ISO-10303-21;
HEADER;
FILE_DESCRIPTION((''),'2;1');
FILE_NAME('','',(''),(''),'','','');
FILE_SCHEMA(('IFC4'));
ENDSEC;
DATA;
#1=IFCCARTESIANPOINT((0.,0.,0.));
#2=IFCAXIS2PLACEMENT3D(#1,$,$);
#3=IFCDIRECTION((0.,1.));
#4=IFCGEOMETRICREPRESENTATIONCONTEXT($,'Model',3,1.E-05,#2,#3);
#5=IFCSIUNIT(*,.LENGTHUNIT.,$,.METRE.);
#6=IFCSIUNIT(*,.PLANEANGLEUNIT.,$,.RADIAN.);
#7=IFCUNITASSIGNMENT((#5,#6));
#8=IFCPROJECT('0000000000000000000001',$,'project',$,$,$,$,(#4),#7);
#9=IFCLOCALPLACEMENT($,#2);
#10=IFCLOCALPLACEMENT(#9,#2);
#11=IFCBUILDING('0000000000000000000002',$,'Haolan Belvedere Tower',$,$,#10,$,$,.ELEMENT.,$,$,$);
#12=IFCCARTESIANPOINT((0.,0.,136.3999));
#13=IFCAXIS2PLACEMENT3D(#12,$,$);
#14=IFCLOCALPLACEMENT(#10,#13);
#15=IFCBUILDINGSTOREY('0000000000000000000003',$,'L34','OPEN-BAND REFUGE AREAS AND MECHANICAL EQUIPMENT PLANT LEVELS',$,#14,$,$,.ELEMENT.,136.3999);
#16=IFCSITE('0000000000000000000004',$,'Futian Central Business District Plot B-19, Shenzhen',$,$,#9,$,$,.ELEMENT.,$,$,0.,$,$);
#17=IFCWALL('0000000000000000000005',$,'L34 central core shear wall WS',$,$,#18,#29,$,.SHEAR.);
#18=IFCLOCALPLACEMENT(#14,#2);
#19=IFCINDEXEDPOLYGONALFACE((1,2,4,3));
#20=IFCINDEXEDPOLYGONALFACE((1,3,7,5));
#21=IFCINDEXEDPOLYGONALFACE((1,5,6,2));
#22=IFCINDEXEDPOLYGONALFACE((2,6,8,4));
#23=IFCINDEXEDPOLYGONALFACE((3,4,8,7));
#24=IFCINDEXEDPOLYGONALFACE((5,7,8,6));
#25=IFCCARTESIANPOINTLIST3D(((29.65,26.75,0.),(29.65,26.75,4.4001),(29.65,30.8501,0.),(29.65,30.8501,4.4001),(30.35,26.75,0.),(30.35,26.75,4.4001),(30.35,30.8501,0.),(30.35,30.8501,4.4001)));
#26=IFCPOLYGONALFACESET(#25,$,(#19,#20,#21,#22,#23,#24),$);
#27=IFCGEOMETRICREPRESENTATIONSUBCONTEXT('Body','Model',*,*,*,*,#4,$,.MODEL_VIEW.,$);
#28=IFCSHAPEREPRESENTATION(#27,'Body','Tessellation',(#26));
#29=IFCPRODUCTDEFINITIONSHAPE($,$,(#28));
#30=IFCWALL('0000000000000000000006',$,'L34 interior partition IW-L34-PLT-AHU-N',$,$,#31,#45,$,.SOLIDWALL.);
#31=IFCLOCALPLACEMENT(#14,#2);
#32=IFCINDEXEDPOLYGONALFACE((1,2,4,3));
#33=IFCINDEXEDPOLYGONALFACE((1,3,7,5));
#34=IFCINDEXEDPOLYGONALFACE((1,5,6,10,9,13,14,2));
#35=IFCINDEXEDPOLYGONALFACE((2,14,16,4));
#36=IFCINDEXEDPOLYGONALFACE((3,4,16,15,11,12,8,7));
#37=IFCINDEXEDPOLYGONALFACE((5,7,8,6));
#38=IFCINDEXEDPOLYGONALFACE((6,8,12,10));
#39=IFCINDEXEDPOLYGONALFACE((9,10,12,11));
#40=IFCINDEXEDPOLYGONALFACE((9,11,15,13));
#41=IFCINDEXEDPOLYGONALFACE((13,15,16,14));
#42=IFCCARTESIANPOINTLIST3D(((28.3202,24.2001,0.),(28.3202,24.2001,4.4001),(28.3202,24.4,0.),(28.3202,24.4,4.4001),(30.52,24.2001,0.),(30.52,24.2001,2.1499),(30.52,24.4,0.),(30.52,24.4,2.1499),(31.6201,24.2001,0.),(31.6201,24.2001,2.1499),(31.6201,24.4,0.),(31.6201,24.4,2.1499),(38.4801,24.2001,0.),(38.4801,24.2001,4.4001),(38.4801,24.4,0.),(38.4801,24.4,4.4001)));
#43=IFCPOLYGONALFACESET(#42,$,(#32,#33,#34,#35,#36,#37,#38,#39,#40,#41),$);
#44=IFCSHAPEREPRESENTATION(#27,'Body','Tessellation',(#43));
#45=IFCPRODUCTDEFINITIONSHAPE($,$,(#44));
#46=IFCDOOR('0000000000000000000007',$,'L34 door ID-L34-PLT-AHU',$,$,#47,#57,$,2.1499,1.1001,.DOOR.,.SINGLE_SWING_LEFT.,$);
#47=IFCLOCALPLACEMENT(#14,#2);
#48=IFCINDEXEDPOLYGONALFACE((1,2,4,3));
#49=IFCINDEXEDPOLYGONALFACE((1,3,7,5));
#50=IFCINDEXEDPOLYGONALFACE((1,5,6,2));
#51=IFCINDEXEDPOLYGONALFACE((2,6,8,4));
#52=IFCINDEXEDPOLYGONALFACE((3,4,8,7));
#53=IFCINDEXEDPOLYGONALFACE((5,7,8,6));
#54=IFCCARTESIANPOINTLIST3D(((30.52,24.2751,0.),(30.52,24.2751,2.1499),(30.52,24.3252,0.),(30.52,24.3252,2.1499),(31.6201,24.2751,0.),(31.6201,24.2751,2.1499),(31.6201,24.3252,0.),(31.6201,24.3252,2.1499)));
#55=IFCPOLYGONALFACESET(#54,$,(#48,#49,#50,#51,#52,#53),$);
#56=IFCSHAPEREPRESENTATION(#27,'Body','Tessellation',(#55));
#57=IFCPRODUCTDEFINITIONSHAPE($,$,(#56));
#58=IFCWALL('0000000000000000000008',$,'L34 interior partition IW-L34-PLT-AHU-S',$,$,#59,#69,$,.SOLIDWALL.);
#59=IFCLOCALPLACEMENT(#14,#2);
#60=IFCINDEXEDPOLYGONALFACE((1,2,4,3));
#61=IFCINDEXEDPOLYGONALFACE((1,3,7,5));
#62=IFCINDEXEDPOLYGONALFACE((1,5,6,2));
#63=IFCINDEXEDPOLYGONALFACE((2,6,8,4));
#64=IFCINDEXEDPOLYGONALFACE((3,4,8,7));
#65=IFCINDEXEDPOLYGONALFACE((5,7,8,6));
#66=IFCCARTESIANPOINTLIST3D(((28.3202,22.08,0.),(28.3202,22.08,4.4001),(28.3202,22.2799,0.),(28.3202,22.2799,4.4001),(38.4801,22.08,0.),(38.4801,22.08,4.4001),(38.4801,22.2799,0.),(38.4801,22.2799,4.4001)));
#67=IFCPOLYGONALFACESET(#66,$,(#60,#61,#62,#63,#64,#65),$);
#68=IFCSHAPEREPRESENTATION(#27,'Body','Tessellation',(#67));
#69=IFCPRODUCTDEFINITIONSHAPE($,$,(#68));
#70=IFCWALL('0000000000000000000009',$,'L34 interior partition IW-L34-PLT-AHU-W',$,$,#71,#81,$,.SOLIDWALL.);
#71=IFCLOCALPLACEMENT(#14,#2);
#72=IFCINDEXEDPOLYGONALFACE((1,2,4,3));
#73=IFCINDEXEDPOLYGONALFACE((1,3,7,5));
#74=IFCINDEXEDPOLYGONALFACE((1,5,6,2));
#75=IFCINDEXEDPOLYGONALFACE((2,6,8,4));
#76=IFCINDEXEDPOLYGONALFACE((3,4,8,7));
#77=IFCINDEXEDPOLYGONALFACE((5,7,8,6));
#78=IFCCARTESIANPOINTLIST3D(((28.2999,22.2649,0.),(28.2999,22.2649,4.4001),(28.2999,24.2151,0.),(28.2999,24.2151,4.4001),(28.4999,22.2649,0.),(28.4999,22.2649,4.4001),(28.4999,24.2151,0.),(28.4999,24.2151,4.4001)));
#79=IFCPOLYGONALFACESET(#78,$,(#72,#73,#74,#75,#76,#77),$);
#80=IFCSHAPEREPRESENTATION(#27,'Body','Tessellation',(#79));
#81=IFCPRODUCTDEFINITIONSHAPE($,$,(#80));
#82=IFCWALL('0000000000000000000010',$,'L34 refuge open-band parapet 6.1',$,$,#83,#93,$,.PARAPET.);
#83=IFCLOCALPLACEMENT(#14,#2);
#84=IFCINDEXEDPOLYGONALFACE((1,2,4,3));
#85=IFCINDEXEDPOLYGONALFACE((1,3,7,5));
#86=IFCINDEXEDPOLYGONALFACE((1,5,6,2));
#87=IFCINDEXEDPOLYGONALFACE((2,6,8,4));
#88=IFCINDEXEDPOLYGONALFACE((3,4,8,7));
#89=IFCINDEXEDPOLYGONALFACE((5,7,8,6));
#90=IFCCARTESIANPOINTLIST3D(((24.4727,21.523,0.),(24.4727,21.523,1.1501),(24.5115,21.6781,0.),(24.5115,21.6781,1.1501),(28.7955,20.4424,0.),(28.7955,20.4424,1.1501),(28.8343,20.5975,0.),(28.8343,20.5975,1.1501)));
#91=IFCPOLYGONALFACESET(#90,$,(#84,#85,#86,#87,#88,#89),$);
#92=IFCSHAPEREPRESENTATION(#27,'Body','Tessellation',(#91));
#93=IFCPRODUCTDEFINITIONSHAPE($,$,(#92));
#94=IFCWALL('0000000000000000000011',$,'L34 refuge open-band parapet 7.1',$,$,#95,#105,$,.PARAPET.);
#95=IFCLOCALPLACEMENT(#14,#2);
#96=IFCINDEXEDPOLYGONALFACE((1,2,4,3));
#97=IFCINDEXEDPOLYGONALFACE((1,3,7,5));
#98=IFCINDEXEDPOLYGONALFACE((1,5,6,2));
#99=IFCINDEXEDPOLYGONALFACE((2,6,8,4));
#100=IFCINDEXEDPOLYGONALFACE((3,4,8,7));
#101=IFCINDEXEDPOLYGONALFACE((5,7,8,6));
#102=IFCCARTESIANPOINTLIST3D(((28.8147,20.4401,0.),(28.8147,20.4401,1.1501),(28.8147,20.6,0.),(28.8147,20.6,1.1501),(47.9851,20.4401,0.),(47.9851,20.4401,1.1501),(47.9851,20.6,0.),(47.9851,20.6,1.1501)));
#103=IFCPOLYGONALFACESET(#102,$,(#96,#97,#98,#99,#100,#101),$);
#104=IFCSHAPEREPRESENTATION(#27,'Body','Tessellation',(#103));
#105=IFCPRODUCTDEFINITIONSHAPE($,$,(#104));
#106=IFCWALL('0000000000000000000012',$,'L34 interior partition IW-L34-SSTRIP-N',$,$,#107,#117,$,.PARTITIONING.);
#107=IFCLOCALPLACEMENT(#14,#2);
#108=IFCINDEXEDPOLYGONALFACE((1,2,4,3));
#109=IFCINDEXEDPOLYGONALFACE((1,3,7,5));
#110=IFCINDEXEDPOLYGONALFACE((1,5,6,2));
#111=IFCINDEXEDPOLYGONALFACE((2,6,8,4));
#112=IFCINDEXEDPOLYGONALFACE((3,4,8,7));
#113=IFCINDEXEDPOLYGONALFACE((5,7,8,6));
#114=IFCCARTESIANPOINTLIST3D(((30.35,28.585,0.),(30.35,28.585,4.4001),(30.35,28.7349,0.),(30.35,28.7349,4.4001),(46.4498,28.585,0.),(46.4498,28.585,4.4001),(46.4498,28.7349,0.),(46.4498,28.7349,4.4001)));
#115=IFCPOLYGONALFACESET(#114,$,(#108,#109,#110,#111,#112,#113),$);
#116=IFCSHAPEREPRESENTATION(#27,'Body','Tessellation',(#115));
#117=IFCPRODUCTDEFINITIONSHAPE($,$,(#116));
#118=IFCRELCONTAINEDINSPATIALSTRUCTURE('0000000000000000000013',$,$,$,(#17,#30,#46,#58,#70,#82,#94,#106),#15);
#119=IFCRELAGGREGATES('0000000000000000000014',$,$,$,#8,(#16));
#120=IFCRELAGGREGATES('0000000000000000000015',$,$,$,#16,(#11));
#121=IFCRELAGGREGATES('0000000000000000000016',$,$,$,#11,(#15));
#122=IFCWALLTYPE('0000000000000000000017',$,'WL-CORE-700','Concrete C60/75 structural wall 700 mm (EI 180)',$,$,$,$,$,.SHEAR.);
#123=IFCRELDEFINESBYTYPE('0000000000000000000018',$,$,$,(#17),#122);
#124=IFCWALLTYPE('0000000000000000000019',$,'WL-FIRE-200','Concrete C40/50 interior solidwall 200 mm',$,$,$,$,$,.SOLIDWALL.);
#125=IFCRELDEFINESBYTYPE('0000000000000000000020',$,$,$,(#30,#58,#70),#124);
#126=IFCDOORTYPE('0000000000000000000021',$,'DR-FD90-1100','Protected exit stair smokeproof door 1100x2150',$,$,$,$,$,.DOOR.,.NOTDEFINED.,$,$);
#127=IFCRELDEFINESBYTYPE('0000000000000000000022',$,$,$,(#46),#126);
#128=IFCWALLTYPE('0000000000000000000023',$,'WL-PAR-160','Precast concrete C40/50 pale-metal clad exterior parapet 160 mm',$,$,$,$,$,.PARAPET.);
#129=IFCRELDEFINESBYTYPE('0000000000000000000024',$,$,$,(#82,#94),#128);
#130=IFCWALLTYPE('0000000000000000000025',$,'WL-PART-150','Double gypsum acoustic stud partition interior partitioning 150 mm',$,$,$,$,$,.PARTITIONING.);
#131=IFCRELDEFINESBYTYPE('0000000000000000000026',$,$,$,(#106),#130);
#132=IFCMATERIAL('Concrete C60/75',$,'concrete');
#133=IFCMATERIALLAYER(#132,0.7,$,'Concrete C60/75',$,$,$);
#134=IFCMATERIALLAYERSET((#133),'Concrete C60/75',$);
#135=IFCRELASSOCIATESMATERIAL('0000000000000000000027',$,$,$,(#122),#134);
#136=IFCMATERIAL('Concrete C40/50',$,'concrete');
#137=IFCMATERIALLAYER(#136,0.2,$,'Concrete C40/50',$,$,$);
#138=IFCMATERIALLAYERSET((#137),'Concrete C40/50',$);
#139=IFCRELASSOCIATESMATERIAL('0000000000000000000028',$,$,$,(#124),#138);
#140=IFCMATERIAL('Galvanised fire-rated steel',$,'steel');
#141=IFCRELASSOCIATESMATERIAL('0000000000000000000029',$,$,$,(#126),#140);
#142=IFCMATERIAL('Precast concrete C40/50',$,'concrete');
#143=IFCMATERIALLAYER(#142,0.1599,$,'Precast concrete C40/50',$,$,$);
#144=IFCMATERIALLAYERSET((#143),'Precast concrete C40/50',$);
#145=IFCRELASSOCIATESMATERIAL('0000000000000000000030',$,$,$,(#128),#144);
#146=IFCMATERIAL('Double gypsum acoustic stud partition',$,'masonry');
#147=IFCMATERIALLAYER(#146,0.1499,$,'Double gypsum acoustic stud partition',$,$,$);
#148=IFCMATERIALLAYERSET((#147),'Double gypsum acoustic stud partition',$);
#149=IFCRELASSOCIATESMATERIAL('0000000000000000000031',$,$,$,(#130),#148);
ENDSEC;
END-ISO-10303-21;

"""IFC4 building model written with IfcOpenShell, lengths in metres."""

from ifc_helpers import new_model, si_unit, direction, frame, frame_2d, origin, place, context, subcontext, project, spatial, rectangle, extrude, material, layer, layer_set, type_object, element, fill, save


model = new_model("IFC4")

# Units and contexts
model_context = context("Model", 3, precision=1e-05, world=origin(), true_north=direction((0.0, 1.0)))
body_context = subcontext(model_context, "Body", "Model", "MODEL_VIEW")
ifc_project = project(units=[si_unit("LENGTHUNIT", "METRE"), si_unit("PLANEANGLEUNIT", "RADIAN")], contexts=[model_context])

# Site, building, storey
site_placement = place(None, origin())
site = spatial("IfcSite", under=ifc_project, at=site_placement, Name="Futian Central Business District Plot B-19, Shenzhen", CompositionType="ELEMENT", RefElevation=0.0)
building_placement = place(site_placement, origin())
building = spatial("IfcBuilding", under=site, at=building_placement, Name="Haolan Belvedere Tower", CompositionType="ELEMENT")
storey_placement = place(building_placement, frame((0.0, 0.0, 136.3999)))
storey = spatial("IfcBuildingStorey", under=building, at=storey_placement, Name="L34", Description="OPEN-BAND REFUGE AREAS AND MECHANICAL EQUIPMENT PLANT LEVELS", CompositionType="ELEMENT", Elevation=136.3999)

# Shared definitions
ifc_material_1 = material(Name="Concrete C60/75", Category="concrete")

# Shared definitions
ifc_layer_1 = layer(ifc_material_1, 0.7, Name="Concrete C60/75")
ifc_layer_set_1 = layer_set([ifc_layer_1], Name="Concrete C60/75")
wall_type_1 = type_object("IfcWallType", Name="WL-CORE-700", Description="Concrete C60/75 structural wall 700 mm (EI 180)", PredefinedType="SHEAR", material=ifc_layer_set_1)
ifc_material_2 = material(Name="Galvanised fire-rated steel", Category="steel")

# Wall
wall_1_placement = place(storey_placement, frame((30.0, 26.75, 0.0), z_axis=(0.0, 0.0, 1.0), x_axis=(0.0, 1.0, 0.0)))
element("IfcWall", 1, at=wall_1_placement, inside=storey, type_object=wall_type_1, Name="L34 central core shear wall WS", PredefinedType="SHEAR", context=body_context, shape_type="SweptSolid", body=[
    extrude(rectangle(XDim=4.1001, YDim=0.7, at=frame_2d((2.05, 0.0))), origin(), (0.0, 0.0, 1.0), 4.4001),
])

# Wall, opening, door
ifc_material_3 = material(Name="Concrete C40/50", Category="concrete")
ifc_layer_2 = layer(ifc_material_3, 0.2, Name="Concrete C40/50")
ifc_layer_set_2 = layer_set([ifc_layer_2], Name="Concrete C40/50")
wall_type_2 = type_object("IfcWallType", Name="WL-FIRE-200", Description="Concrete C40/50 interior solidwall 200 mm", PredefinedType="SOLIDWALL", material=ifc_layer_set_2)
wall_2_placement = place(storey_placement, frame((28.3201, 24.3, 0.0), z_axis=(0.0, 0.0, 1.0), x_axis=(1.0, 0.0, 0.0)))
wall_2 = element("IfcWall", 2, at=wall_2_placement, inside=storey, type_object=wall_type_2, Name="L34 interior partition IW-L34-PLT-AHU-N", PredefinedType="SOLIDWALL", context=body_context, shape_type="SweptSolid", body=[
    extrude(rectangle(XDim=10.1599, YDim=0.2, at=frame_2d((5.0801, 0.0))), origin(), (0.0, 0.0, 1.0), 4.4001),
])
opening_1_placement = place(wall_2_placement, frame((3.3, 0.0, 0.0), z_axis=(0.0, 0.0, 1.0), x_axis=(-1.0, 0.0, 0.0)))
opening_1 = element("IfcOpeningElement", 3, at=opening_1_placement, cuts=wall_2, PredefinedType="OPENING", context=body_context, shape_type="SweptSolid", body=[
    extrude(rectangle(XDim=1.1001, YDim=2.1499, at=frame_2d((0.55, 1.075))), frame((0.0, 0.1099, 0.0), z_axis=(0.0, -1.0, 0.0), x_axis=(1.0, 0.0, 0.0)), (0.0, 0.0, 1.0), 0.22),
])
door_type_1 = type_object("IfcDoorType", Name="DR-FD90-1100", Description="Protected exit stair smokeproof door 1100x2150", OperationType="NOTDEFINED", PredefinedType="DOOR", material=ifc_material_2)
door_1_placement = place(opening_1_placement, origin())
door_1 = element("IfcDoor", 4, at=door_1_placement, inside=storey, type_object=door_type_1, Name="L34 door ID-L34-PLT-AHU", OperationType="SINGLE_SWING_LEFT", OverallHeight=2.1499, OverallWidth=1.1001, PredefinedType="DOOR", context=body_context, shape_type="SweptSolid", body=[
    extrude(rectangle(XDim=1.1001, YDim=2.1499, at=frame_2d((0.55, 1.075))), frame((0.0, 0.0249, 0.0), z_axis=(0.0, -1.0, 0.0), x_axis=(1.0, 0.0, 0.0)), (0.0, 0.0, 1.0), 0.05),
])
fill(opening_1, door_1)

# Walls
wall_3_placement = place(storey_placement, frame((28.3201, 22.1799, 0.0), z_axis=(0.0, 0.0, 1.0), x_axis=(1.0, 0.0, 0.0)))
element("IfcWall", 5, at=wall_3_placement, inside=storey, type_object=wall_type_2, Name="L34 interior partition IW-L34-PLT-AHU-S", PredefinedType="SOLIDWALL", context=body_context, shape_type="SweptSolid", body=[
    extrude(rectangle(XDim=10.1599, YDim=0.2, at=frame_2d((5.0801, 0.0))), origin(), (0.0, 0.0, 1.0), 4.4001),
])
wall_4_placement = place(storey_placement, frame((28.3999, 22.2649, 0.0), z_axis=(0.0, 0.0, 1.0), x_axis=(0.0, 1.0, 0.0)))
element("IfcWall", 6, at=wall_4_placement, inside=storey, type_object=wall_type_2, Name="L34 interior partition IW-L34-PLT-AHU-W", PredefinedType="SOLIDWALL", context=body_context, shape_type="SweptSolid", body=[
    extrude(rectangle(XDim=1.9502, YDim=0.2, at=frame_2d((0.9751, 0.0))), origin(), (0.0, 0.0, 1.0), 4.4001),
])
ifc_material_4 = material(Name="Precast concrete C40/50", Category="concrete")
ifc_layer_3 = layer(ifc_material_4, 0.1599, Name="Precast concrete C40/50")
ifc_layer_set_3 = layer_set([ifc_layer_3], Name="Precast concrete C40/50")
wall_type_3 = type_object("IfcWallType", Name="WL-PAR-160", Description="Precast concrete C40/50 pale-metal clad exterior parapet 160 mm", PredefinedType="PARAPET", material=ifc_layer_set_3)
wall_5_placement = place(storey_placement, frame((24.4919, 21.6006, 0.0), z_axis=(0.0, 0.0, 1.0), x_axis=(0.970149, -0.24251, 0.0)))
element("IfcWall", 7, at=wall_5_placement, inside=storey, type_object=wall_type_3, Name="L34 refuge open-band parapet 6.1", PredefinedType="PARAPET", context=body_context, shape_type="SweptSolid", body=[
    extrude(rectangle(XDim=4.4558, YDim=0.1599, at=frame_2d((2.228, 0.0))), origin(), (0.0, 0.0, 1.0), 1.1501),
])
wall_6_placement = place(storey_placement, frame((28.8147, 20.52, 0.0), z_axis=(0.0, 0.0, 1.0), x_axis=(1.0, 0.0, 0.0)))
element("IfcWall", 8, at=wall_6_placement, inside=storey, type_object=wall_type_3, Name="L34 refuge open-band parapet 7.1", PredefinedType="PARAPET", context=body_context, shape_type="SweptSolid", body=[
    extrude(rectangle(XDim=19.1704, YDim=0.1599, at=frame_2d((9.5852, 0.0))), origin(), (0.0, 0.0, 1.0), 1.1501),
])
ifc_material_5 = material(Name="Double gypsum acoustic stud partition", Category="masonry")
ifc_layer_4 = layer(ifc_material_5, 0.1499, Name="Double gypsum acoustic stud partition")
ifc_layer_set_4 = layer_set([ifc_layer_4], Name="Double gypsum acoustic stud partition")
wall_type_4 = type_object("IfcWallType", Name="WL-PART-150", Description="Double gypsum acoustic stud partition interior partitioning 150 mm", PredefinedType="PARTITIONING", material=ifc_layer_set_4)
wall_7_placement = place(storey_placement, frame((30.3501, 28.6599, 0.0), z_axis=(0.0, 0.0, 1.0), x_axis=(1.0, 0.0, 0.0)))
element("IfcWall", 9, at=wall_7_placement, inside=storey, type_object=wall_type_4, Name="L34 interior partition IW-L34-SSTRIP-N", PredefinedType="PARTITIONING", context=body_context, shape_type="SweptSolid", body=[
    extrude(rectangle(XDim=16.0999, YDim=0.1499, at=frame_2d((8.0498, 0.0))), origin(), (0.0, 0.0, 1.0), 4.4001),
])

save(model, "model.ifc")
